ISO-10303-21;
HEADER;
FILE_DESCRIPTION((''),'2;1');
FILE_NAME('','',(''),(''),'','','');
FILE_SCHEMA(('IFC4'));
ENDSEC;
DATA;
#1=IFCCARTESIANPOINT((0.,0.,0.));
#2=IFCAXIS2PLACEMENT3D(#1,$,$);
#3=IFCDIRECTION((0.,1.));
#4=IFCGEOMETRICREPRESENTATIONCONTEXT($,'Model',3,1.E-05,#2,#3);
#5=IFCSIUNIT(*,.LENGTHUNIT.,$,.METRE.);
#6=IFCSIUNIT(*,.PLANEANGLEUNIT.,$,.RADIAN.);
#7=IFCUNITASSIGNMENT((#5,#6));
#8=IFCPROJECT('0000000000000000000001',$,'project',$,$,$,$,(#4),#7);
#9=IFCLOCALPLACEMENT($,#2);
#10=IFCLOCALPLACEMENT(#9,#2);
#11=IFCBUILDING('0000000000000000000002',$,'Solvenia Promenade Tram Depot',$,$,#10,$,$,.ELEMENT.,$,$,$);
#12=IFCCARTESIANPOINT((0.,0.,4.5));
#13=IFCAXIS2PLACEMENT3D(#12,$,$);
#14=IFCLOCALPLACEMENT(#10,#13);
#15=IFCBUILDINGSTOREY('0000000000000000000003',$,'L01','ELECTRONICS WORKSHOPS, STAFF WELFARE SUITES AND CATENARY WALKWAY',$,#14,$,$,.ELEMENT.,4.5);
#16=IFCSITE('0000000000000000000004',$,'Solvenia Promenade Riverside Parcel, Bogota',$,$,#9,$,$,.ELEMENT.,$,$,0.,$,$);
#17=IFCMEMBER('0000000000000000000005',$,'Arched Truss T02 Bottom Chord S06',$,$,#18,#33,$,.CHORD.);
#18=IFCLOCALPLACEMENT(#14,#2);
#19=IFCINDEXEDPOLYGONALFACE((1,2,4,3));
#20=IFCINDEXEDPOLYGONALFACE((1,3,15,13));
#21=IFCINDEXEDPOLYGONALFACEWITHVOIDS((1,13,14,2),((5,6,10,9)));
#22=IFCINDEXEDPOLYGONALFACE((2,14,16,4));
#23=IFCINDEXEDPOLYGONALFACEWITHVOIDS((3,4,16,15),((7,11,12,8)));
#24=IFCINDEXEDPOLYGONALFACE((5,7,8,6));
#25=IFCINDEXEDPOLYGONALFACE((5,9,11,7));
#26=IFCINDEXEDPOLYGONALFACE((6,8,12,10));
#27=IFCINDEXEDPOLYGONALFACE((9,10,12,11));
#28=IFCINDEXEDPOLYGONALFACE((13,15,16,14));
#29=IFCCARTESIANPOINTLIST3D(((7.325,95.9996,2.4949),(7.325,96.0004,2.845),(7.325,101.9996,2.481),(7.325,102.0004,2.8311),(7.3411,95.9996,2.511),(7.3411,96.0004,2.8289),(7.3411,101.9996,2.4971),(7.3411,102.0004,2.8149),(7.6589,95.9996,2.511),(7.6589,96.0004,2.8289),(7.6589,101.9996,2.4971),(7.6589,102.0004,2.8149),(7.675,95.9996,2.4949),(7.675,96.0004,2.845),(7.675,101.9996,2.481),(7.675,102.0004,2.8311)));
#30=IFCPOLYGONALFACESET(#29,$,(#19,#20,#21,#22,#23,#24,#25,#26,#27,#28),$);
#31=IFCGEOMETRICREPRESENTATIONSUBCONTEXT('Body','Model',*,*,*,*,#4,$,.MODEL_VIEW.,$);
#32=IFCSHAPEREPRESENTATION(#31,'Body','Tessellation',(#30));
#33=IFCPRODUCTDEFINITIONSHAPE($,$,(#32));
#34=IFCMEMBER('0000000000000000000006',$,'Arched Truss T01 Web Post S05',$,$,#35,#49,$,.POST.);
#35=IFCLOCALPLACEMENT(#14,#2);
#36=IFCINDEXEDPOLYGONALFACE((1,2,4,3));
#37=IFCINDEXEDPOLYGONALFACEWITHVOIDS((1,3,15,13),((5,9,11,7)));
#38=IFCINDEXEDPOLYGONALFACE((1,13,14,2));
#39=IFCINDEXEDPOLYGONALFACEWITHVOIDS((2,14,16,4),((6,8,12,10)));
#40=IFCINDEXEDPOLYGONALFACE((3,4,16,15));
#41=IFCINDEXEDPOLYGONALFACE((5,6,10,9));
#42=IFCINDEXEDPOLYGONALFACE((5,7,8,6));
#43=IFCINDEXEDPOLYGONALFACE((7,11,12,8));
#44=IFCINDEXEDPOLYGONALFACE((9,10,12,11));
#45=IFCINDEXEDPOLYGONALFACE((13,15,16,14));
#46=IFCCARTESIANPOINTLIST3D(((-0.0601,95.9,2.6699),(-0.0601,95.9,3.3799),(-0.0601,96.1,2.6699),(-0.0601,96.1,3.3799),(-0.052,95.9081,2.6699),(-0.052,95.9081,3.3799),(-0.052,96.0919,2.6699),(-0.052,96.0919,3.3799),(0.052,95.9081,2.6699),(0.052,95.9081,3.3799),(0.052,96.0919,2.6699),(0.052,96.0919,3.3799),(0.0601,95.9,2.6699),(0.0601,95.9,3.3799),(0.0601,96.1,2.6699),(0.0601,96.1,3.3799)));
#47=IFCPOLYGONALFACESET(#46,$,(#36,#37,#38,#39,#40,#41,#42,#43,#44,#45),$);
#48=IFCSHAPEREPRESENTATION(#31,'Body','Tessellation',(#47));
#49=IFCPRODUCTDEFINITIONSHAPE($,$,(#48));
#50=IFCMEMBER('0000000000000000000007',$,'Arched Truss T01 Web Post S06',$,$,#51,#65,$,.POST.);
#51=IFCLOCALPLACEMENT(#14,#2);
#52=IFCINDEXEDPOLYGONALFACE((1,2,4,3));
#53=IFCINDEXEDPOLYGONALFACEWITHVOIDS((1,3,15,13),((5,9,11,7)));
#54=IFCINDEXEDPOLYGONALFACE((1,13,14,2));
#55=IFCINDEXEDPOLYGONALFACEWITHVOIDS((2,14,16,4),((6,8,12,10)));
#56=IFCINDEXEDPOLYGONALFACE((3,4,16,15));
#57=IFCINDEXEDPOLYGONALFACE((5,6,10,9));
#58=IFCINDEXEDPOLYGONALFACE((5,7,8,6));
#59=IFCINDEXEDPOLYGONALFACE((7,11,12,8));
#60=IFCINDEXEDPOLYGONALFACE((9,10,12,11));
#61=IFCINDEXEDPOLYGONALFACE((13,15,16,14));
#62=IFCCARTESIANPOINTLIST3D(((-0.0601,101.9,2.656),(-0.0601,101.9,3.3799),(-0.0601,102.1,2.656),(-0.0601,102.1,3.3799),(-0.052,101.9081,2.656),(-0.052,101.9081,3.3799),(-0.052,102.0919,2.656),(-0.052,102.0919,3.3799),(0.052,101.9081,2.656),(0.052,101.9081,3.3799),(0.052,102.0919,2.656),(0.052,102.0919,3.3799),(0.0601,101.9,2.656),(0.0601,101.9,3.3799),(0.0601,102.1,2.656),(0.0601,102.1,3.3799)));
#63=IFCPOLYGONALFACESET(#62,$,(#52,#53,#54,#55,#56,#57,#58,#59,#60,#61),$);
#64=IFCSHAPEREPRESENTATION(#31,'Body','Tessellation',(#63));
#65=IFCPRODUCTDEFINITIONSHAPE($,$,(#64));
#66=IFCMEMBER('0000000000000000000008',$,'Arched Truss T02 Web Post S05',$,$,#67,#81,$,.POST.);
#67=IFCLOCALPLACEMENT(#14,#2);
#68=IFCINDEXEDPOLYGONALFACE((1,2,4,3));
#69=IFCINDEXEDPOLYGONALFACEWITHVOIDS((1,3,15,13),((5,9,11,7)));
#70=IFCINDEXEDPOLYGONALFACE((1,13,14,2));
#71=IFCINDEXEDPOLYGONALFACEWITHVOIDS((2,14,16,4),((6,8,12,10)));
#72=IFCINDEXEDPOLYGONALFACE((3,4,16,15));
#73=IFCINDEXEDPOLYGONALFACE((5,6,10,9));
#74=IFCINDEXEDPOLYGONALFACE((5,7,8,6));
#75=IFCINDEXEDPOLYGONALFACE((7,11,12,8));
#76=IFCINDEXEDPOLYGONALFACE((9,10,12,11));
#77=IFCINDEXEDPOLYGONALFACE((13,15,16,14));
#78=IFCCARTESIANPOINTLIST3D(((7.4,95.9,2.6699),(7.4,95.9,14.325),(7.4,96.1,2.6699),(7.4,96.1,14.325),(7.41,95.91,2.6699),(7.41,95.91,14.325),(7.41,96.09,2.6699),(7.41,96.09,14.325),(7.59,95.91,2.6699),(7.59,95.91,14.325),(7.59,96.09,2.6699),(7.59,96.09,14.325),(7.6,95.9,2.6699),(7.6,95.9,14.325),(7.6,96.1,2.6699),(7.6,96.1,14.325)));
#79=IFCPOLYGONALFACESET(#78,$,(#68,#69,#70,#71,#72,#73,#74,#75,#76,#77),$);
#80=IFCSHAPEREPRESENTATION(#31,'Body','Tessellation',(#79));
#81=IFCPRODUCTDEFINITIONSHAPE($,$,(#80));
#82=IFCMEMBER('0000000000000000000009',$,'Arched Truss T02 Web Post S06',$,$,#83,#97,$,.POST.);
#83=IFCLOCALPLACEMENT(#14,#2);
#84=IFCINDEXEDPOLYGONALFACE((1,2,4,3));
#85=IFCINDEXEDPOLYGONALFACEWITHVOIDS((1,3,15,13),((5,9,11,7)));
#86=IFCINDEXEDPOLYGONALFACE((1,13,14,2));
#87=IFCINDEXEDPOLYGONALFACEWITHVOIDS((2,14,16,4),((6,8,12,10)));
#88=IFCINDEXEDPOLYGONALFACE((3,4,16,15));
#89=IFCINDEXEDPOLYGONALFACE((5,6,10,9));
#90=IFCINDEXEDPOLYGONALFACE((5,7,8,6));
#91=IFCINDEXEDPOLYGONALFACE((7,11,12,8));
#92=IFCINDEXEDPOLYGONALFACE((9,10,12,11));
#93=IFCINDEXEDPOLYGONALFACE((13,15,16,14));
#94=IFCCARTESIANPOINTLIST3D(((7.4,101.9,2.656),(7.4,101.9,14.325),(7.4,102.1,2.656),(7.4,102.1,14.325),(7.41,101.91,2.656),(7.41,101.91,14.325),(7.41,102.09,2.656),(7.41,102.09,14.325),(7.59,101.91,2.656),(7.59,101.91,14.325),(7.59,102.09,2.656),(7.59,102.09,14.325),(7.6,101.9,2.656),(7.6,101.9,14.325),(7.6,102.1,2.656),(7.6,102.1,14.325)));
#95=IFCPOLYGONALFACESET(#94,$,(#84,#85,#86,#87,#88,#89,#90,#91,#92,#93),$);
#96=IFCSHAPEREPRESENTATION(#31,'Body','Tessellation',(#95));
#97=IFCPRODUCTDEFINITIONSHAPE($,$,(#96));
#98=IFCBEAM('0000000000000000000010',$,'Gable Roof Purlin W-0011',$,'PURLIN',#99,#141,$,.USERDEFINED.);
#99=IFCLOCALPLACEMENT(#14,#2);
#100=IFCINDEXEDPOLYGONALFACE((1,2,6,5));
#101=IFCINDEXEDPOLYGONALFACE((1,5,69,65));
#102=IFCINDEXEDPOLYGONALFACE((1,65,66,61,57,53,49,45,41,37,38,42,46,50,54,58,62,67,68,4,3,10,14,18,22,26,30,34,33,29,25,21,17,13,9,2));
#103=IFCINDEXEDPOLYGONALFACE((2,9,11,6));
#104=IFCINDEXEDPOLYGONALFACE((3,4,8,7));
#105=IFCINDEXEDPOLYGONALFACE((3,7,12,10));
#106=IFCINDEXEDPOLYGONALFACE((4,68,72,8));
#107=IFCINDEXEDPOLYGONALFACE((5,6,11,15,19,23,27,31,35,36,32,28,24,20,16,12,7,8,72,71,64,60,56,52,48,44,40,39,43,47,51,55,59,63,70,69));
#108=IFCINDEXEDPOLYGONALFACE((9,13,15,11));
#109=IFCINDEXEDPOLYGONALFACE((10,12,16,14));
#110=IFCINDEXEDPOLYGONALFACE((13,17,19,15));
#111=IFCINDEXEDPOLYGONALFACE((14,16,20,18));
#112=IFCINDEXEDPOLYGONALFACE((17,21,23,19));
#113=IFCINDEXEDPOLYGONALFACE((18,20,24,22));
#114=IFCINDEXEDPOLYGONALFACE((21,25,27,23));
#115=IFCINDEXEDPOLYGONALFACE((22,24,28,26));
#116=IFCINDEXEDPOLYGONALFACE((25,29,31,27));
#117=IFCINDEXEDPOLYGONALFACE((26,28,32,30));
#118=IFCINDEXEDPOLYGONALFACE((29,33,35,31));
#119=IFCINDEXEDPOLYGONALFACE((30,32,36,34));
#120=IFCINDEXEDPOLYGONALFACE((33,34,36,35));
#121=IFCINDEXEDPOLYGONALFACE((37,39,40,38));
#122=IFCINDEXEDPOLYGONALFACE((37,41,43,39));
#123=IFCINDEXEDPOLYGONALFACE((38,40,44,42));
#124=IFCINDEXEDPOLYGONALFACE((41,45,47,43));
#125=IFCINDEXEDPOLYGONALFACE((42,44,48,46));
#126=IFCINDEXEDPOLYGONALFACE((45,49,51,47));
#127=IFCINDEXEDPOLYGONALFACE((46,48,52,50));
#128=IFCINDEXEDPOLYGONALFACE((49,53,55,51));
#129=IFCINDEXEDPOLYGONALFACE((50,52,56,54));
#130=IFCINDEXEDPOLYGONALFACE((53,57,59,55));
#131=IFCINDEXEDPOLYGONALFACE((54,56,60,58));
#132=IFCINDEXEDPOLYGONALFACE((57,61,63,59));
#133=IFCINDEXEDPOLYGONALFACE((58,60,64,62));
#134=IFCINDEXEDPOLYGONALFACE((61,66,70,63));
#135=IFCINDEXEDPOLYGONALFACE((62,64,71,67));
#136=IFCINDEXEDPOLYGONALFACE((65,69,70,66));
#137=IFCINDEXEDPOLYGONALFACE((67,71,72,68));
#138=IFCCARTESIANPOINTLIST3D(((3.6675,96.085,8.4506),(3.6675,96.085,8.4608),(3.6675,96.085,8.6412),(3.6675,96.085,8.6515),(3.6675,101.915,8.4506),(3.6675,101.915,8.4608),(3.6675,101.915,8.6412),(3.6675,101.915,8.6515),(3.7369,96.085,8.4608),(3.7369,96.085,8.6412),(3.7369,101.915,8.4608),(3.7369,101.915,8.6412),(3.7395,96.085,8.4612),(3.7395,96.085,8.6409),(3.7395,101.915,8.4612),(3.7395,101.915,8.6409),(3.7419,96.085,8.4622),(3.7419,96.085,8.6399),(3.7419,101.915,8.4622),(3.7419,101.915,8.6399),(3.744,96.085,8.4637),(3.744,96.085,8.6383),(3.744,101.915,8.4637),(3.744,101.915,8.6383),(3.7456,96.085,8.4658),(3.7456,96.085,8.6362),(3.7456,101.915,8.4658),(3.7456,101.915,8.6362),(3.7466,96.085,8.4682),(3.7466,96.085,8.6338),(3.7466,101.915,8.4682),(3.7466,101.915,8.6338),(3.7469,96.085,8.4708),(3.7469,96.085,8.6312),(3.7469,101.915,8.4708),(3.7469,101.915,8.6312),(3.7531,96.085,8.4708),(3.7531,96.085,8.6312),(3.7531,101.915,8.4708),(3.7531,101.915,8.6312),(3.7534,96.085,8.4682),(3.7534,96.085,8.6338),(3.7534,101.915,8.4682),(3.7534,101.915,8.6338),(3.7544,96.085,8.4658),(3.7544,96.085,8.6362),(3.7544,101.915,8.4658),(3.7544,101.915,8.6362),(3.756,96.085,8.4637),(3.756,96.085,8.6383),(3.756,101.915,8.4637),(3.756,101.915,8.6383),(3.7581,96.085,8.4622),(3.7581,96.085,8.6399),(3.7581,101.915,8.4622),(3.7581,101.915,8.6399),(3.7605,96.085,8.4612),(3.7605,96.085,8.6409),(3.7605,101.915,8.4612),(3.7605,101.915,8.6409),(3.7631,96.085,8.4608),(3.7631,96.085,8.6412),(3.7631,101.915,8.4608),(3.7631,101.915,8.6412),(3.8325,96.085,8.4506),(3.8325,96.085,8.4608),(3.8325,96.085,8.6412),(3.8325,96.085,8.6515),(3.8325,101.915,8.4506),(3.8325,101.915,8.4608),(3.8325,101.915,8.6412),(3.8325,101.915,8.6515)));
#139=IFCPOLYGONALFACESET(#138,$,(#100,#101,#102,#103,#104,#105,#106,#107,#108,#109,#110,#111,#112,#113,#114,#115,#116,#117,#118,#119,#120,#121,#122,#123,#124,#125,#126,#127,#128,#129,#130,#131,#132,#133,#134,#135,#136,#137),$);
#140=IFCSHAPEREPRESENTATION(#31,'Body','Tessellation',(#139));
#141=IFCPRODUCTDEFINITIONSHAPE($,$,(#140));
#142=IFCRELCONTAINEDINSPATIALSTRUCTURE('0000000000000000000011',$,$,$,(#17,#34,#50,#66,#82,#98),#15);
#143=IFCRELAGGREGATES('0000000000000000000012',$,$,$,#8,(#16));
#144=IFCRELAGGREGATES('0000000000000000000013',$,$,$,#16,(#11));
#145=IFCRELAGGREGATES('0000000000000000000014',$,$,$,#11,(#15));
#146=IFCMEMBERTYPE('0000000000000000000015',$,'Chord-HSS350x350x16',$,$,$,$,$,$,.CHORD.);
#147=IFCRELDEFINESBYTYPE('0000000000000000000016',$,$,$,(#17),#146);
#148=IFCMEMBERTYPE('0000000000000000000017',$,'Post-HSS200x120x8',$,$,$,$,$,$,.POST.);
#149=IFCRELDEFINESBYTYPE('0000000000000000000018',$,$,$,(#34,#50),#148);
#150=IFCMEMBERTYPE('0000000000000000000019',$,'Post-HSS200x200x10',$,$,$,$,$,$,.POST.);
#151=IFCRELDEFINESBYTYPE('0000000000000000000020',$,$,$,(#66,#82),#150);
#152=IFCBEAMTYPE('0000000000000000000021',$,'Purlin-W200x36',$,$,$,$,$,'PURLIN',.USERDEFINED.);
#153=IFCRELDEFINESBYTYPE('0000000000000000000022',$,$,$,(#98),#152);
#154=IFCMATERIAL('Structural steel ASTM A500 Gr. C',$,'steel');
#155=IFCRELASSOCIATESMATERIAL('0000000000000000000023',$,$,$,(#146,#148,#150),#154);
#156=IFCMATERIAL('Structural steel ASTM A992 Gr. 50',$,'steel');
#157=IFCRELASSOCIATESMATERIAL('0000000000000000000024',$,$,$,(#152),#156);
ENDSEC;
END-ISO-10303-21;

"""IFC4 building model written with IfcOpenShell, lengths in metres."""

from ifc_helpers import new_model, si_unit, direction, frame, origin, origin_2d, place, context, subcontext, project, spatial, hollow_rectangle, i_section, extrude, material, material_profile, profile_set, type_object, element, save


model = new_model("IFC4")

# Units and contexts
model_context = context("Model", 3, precision=1e-05, world=origin(), true_north=direction((0.0, 1.0)))
body_context = subcontext(model_context, "Body", "Model", "MODEL_VIEW")
ifc_project = project(units=[si_unit("LENGTHUNIT", "METRE"), si_unit("PLANEANGLEUNIT", "RADIAN")], contexts=[model_context])

# Site, building, storey
site_placement = place(None, origin())
site = spatial("IfcSite", under=ifc_project, at=site_placement, Name="Solvenia Promenade Riverside Parcel, Bogota", CompositionType="ELEMENT", RefElevation=0.0)
building_placement = place(site_placement, origin())
building = spatial("IfcBuilding", under=site, at=building_placement, Name="Solvenia Promenade Tram Depot", CompositionType="ELEMENT")
storey_placement = place(building_placement, frame((0.0, 0.0, 4.5)))
storey = spatial("IfcBuildingStorey", under=building, at=storey_placement, Name="L01", Description="ELECTRONICS WORKSHOPS, STAFF WELFARE SUITES AND CATENARY WALKWAY", CompositionType="ELEMENT", Elevation=4.5)

# Members
ifc_material_1 = material(Name="Structural steel ASTM A500 Gr. C", Category="steel")
ifc_material_profile_1 = material_profile(ifc_material_1, hollow_rectangle(XDim=0.3501, YDim=0.3501, WallThickness=0.0161, at=origin_2d()), Name="HSS350x350x16", Category="steel")
ifc_profile_set_1 = profile_set([ifc_material_profile_1], Name="Structural steel ASTM A500 Gr. C")
member_type_1 = type_object("IfcMemberType", Name="Chord-HSS350x350x16", PredefinedType="CHORD", material=ifc_profile_set_1)
member_1_placement = place(storey_placement, frame((7.5, 96.0, 2.6699), z_axis=(0.0, 0.999997, -0.002319), x_axis=(-1.0, 0.0, 0.0)))
element("IfcMember", 1, at=member_1_placement, inside=storey, type_object=member_type_1, Name="Arched Truss T02 Bottom Chord S06", PredefinedType="CHORD", context=body_context, shape_type="SweptSolid", body=[
    extrude(hollow_rectangle(XDim=0.3501, YDim=0.3501, WallThickness=0.0161, at=origin_2d()), origin(), (0.0, 0.0, 1.0), 6.0),
])
ifc_material_profile_2 = material_profile(ifc_material_1, hollow_rectangle(XDim=0.1201, YDim=0.2, WallThickness=0.0081, at=origin_2d()), Name="HSS200x120x8", Category="steel")
ifc_profile_set_2 = profile_set([ifc_material_profile_2], Name="Structural steel ASTM A500 Gr. C")
member_type_2 = type_object("IfcMemberType", Name="Post-HSS200x120x8", PredefinedType="POST", material=ifc_profile_set_2)
member_2_placement = place(storey_placement, frame((0.0, 96.0, 2.6699), z_axis=(0.0, 0.0, 1.0), x_axis=(1.0, 0.0, 0.0)))
element("IfcMember", 2, at=member_2_placement, inside=storey, type_object=member_type_2, Name="Arched Truss T01 Web Post S05", PredefinedType="POST", context=body_context, shape_type="SweptSolid", body=[
    extrude(hollow_rectangle(XDim=0.1201, YDim=0.2, WallThickness=0.0081, at=origin_2d()), origin(), (0.0, 0.0, 1.0), 0.71),
])
member_3_placement = place(storey_placement, frame((0.0, 102.0, 2.656), z_axis=(0.0, 0.0, 1.0), x_axis=(1.0, 0.0, 0.0)))
element("IfcMember", 3, at=member_3_placement, inside=storey, type_object=member_type_2, Name="Arched Truss T01 Web Post S06", PredefinedType="POST", context=body_context, shape_type="SweptSolid", body=[
    extrude(hollow_rectangle(XDim=0.1201, YDim=0.2, WallThickness=0.0081, at=origin_2d()), origin(), (0.0, 0.0, 1.0), 0.7239),
])
ifc_material_profile_3 = material_profile(ifc_material_1, hollow_rectangle(XDim=0.2, YDim=0.2, WallThickness=0.01, at=origin_2d()), Name="HSS200x200x10", Category="steel")
ifc_profile_set_3 = profile_set([ifc_material_profile_3], Name="Structural steel ASTM A500 Gr. C")
member_type_3 = type_object("IfcMemberType", Name="Post-HSS200x200x10", PredefinedType="POST", material=ifc_profile_set_3)
member_4_placement = place(storey_placement, frame((7.5, 96.0, 2.6699), z_axis=(0.0, 0.0, 1.0), x_axis=(1.0, 0.0, 0.0)))
element("IfcMember", 4, at=member_4_placement, inside=storey, type_object=member_type_3, Name="Arched Truss T02 Web Post S05", PredefinedType="POST", context=body_context, shape_type="SweptSolid", body=[
    extrude(hollow_rectangle(XDim=0.2, YDim=0.2, WallThickness=0.01, at=origin_2d()), origin(), (0.0, 0.0, 1.0), 11.655),
])
member_5_placement = place(storey_placement, frame((7.5, 102.0, 2.656), z_axis=(0.0, 0.0, 1.0), x_axis=(1.0, 0.0, 0.0)))
element("IfcMember", 5, at=member_5_placement, inside=storey, type_object=member_type_3, Name="Arched Truss T02 Web Post S06", PredefinedType="POST", context=body_context, shape_type="SweptSolid", body=[
    extrude(hollow_rectangle(XDim=0.2, YDim=0.2, WallThickness=0.01, at=origin_2d()), origin(), (0.0, 0.0, 1.0), 11.6689),
])

# Beam
ifc_material_2 = material(Name="Structural steel ASTM A992 Gr. 50", Category="steel")
ifc_material_profile_4 = material_profile(ifc_material_2, i_section(OverallWidth=0.165, OverallDepth=0.2009, WebThickness=0.0061, FlangeThickness=0.0103, FilletRadius=0.01, at=origin_2d()), Name="W200x36", Category="steel")
ifc_profile_set_4 = profile_set([ifc_material_profile_4], Name="Structural steel ASTM A992 Gr. 50")
beam_type = type_object("IfcBeamType", Name="Purlin-W200x36", ElementType="PURLIN", PredefinedType="USERDEFINED", material=ifc_profile_set_4)
beam_placement = place(storey_placement, frame((3.75, 96.085, 8.551), z_axis=(0.0, 1.0, 0.0), x_axis=(-1.0, 0.0, 0.0)))
element("IfcBeam", 6, at=beam_placement, inside=storey, type_object=beam_type, Name="Gable Roof Purlin W-0011", ObjectType="PURLIN", PredefinedType="USERDEFINED", context=body_context, shape_type="SweptSolid", body=[
    extrude(i_section(OverallWidth=0.165, OverallDepth=0.2009, WebThickness=0.0061, FlangeThickness=0.0103, FilletRadius=0.01, at=origin_2d()), origin(), (0.0, 0.0, 1.0), 5.8301),
])

save(model, "model.ifc")
